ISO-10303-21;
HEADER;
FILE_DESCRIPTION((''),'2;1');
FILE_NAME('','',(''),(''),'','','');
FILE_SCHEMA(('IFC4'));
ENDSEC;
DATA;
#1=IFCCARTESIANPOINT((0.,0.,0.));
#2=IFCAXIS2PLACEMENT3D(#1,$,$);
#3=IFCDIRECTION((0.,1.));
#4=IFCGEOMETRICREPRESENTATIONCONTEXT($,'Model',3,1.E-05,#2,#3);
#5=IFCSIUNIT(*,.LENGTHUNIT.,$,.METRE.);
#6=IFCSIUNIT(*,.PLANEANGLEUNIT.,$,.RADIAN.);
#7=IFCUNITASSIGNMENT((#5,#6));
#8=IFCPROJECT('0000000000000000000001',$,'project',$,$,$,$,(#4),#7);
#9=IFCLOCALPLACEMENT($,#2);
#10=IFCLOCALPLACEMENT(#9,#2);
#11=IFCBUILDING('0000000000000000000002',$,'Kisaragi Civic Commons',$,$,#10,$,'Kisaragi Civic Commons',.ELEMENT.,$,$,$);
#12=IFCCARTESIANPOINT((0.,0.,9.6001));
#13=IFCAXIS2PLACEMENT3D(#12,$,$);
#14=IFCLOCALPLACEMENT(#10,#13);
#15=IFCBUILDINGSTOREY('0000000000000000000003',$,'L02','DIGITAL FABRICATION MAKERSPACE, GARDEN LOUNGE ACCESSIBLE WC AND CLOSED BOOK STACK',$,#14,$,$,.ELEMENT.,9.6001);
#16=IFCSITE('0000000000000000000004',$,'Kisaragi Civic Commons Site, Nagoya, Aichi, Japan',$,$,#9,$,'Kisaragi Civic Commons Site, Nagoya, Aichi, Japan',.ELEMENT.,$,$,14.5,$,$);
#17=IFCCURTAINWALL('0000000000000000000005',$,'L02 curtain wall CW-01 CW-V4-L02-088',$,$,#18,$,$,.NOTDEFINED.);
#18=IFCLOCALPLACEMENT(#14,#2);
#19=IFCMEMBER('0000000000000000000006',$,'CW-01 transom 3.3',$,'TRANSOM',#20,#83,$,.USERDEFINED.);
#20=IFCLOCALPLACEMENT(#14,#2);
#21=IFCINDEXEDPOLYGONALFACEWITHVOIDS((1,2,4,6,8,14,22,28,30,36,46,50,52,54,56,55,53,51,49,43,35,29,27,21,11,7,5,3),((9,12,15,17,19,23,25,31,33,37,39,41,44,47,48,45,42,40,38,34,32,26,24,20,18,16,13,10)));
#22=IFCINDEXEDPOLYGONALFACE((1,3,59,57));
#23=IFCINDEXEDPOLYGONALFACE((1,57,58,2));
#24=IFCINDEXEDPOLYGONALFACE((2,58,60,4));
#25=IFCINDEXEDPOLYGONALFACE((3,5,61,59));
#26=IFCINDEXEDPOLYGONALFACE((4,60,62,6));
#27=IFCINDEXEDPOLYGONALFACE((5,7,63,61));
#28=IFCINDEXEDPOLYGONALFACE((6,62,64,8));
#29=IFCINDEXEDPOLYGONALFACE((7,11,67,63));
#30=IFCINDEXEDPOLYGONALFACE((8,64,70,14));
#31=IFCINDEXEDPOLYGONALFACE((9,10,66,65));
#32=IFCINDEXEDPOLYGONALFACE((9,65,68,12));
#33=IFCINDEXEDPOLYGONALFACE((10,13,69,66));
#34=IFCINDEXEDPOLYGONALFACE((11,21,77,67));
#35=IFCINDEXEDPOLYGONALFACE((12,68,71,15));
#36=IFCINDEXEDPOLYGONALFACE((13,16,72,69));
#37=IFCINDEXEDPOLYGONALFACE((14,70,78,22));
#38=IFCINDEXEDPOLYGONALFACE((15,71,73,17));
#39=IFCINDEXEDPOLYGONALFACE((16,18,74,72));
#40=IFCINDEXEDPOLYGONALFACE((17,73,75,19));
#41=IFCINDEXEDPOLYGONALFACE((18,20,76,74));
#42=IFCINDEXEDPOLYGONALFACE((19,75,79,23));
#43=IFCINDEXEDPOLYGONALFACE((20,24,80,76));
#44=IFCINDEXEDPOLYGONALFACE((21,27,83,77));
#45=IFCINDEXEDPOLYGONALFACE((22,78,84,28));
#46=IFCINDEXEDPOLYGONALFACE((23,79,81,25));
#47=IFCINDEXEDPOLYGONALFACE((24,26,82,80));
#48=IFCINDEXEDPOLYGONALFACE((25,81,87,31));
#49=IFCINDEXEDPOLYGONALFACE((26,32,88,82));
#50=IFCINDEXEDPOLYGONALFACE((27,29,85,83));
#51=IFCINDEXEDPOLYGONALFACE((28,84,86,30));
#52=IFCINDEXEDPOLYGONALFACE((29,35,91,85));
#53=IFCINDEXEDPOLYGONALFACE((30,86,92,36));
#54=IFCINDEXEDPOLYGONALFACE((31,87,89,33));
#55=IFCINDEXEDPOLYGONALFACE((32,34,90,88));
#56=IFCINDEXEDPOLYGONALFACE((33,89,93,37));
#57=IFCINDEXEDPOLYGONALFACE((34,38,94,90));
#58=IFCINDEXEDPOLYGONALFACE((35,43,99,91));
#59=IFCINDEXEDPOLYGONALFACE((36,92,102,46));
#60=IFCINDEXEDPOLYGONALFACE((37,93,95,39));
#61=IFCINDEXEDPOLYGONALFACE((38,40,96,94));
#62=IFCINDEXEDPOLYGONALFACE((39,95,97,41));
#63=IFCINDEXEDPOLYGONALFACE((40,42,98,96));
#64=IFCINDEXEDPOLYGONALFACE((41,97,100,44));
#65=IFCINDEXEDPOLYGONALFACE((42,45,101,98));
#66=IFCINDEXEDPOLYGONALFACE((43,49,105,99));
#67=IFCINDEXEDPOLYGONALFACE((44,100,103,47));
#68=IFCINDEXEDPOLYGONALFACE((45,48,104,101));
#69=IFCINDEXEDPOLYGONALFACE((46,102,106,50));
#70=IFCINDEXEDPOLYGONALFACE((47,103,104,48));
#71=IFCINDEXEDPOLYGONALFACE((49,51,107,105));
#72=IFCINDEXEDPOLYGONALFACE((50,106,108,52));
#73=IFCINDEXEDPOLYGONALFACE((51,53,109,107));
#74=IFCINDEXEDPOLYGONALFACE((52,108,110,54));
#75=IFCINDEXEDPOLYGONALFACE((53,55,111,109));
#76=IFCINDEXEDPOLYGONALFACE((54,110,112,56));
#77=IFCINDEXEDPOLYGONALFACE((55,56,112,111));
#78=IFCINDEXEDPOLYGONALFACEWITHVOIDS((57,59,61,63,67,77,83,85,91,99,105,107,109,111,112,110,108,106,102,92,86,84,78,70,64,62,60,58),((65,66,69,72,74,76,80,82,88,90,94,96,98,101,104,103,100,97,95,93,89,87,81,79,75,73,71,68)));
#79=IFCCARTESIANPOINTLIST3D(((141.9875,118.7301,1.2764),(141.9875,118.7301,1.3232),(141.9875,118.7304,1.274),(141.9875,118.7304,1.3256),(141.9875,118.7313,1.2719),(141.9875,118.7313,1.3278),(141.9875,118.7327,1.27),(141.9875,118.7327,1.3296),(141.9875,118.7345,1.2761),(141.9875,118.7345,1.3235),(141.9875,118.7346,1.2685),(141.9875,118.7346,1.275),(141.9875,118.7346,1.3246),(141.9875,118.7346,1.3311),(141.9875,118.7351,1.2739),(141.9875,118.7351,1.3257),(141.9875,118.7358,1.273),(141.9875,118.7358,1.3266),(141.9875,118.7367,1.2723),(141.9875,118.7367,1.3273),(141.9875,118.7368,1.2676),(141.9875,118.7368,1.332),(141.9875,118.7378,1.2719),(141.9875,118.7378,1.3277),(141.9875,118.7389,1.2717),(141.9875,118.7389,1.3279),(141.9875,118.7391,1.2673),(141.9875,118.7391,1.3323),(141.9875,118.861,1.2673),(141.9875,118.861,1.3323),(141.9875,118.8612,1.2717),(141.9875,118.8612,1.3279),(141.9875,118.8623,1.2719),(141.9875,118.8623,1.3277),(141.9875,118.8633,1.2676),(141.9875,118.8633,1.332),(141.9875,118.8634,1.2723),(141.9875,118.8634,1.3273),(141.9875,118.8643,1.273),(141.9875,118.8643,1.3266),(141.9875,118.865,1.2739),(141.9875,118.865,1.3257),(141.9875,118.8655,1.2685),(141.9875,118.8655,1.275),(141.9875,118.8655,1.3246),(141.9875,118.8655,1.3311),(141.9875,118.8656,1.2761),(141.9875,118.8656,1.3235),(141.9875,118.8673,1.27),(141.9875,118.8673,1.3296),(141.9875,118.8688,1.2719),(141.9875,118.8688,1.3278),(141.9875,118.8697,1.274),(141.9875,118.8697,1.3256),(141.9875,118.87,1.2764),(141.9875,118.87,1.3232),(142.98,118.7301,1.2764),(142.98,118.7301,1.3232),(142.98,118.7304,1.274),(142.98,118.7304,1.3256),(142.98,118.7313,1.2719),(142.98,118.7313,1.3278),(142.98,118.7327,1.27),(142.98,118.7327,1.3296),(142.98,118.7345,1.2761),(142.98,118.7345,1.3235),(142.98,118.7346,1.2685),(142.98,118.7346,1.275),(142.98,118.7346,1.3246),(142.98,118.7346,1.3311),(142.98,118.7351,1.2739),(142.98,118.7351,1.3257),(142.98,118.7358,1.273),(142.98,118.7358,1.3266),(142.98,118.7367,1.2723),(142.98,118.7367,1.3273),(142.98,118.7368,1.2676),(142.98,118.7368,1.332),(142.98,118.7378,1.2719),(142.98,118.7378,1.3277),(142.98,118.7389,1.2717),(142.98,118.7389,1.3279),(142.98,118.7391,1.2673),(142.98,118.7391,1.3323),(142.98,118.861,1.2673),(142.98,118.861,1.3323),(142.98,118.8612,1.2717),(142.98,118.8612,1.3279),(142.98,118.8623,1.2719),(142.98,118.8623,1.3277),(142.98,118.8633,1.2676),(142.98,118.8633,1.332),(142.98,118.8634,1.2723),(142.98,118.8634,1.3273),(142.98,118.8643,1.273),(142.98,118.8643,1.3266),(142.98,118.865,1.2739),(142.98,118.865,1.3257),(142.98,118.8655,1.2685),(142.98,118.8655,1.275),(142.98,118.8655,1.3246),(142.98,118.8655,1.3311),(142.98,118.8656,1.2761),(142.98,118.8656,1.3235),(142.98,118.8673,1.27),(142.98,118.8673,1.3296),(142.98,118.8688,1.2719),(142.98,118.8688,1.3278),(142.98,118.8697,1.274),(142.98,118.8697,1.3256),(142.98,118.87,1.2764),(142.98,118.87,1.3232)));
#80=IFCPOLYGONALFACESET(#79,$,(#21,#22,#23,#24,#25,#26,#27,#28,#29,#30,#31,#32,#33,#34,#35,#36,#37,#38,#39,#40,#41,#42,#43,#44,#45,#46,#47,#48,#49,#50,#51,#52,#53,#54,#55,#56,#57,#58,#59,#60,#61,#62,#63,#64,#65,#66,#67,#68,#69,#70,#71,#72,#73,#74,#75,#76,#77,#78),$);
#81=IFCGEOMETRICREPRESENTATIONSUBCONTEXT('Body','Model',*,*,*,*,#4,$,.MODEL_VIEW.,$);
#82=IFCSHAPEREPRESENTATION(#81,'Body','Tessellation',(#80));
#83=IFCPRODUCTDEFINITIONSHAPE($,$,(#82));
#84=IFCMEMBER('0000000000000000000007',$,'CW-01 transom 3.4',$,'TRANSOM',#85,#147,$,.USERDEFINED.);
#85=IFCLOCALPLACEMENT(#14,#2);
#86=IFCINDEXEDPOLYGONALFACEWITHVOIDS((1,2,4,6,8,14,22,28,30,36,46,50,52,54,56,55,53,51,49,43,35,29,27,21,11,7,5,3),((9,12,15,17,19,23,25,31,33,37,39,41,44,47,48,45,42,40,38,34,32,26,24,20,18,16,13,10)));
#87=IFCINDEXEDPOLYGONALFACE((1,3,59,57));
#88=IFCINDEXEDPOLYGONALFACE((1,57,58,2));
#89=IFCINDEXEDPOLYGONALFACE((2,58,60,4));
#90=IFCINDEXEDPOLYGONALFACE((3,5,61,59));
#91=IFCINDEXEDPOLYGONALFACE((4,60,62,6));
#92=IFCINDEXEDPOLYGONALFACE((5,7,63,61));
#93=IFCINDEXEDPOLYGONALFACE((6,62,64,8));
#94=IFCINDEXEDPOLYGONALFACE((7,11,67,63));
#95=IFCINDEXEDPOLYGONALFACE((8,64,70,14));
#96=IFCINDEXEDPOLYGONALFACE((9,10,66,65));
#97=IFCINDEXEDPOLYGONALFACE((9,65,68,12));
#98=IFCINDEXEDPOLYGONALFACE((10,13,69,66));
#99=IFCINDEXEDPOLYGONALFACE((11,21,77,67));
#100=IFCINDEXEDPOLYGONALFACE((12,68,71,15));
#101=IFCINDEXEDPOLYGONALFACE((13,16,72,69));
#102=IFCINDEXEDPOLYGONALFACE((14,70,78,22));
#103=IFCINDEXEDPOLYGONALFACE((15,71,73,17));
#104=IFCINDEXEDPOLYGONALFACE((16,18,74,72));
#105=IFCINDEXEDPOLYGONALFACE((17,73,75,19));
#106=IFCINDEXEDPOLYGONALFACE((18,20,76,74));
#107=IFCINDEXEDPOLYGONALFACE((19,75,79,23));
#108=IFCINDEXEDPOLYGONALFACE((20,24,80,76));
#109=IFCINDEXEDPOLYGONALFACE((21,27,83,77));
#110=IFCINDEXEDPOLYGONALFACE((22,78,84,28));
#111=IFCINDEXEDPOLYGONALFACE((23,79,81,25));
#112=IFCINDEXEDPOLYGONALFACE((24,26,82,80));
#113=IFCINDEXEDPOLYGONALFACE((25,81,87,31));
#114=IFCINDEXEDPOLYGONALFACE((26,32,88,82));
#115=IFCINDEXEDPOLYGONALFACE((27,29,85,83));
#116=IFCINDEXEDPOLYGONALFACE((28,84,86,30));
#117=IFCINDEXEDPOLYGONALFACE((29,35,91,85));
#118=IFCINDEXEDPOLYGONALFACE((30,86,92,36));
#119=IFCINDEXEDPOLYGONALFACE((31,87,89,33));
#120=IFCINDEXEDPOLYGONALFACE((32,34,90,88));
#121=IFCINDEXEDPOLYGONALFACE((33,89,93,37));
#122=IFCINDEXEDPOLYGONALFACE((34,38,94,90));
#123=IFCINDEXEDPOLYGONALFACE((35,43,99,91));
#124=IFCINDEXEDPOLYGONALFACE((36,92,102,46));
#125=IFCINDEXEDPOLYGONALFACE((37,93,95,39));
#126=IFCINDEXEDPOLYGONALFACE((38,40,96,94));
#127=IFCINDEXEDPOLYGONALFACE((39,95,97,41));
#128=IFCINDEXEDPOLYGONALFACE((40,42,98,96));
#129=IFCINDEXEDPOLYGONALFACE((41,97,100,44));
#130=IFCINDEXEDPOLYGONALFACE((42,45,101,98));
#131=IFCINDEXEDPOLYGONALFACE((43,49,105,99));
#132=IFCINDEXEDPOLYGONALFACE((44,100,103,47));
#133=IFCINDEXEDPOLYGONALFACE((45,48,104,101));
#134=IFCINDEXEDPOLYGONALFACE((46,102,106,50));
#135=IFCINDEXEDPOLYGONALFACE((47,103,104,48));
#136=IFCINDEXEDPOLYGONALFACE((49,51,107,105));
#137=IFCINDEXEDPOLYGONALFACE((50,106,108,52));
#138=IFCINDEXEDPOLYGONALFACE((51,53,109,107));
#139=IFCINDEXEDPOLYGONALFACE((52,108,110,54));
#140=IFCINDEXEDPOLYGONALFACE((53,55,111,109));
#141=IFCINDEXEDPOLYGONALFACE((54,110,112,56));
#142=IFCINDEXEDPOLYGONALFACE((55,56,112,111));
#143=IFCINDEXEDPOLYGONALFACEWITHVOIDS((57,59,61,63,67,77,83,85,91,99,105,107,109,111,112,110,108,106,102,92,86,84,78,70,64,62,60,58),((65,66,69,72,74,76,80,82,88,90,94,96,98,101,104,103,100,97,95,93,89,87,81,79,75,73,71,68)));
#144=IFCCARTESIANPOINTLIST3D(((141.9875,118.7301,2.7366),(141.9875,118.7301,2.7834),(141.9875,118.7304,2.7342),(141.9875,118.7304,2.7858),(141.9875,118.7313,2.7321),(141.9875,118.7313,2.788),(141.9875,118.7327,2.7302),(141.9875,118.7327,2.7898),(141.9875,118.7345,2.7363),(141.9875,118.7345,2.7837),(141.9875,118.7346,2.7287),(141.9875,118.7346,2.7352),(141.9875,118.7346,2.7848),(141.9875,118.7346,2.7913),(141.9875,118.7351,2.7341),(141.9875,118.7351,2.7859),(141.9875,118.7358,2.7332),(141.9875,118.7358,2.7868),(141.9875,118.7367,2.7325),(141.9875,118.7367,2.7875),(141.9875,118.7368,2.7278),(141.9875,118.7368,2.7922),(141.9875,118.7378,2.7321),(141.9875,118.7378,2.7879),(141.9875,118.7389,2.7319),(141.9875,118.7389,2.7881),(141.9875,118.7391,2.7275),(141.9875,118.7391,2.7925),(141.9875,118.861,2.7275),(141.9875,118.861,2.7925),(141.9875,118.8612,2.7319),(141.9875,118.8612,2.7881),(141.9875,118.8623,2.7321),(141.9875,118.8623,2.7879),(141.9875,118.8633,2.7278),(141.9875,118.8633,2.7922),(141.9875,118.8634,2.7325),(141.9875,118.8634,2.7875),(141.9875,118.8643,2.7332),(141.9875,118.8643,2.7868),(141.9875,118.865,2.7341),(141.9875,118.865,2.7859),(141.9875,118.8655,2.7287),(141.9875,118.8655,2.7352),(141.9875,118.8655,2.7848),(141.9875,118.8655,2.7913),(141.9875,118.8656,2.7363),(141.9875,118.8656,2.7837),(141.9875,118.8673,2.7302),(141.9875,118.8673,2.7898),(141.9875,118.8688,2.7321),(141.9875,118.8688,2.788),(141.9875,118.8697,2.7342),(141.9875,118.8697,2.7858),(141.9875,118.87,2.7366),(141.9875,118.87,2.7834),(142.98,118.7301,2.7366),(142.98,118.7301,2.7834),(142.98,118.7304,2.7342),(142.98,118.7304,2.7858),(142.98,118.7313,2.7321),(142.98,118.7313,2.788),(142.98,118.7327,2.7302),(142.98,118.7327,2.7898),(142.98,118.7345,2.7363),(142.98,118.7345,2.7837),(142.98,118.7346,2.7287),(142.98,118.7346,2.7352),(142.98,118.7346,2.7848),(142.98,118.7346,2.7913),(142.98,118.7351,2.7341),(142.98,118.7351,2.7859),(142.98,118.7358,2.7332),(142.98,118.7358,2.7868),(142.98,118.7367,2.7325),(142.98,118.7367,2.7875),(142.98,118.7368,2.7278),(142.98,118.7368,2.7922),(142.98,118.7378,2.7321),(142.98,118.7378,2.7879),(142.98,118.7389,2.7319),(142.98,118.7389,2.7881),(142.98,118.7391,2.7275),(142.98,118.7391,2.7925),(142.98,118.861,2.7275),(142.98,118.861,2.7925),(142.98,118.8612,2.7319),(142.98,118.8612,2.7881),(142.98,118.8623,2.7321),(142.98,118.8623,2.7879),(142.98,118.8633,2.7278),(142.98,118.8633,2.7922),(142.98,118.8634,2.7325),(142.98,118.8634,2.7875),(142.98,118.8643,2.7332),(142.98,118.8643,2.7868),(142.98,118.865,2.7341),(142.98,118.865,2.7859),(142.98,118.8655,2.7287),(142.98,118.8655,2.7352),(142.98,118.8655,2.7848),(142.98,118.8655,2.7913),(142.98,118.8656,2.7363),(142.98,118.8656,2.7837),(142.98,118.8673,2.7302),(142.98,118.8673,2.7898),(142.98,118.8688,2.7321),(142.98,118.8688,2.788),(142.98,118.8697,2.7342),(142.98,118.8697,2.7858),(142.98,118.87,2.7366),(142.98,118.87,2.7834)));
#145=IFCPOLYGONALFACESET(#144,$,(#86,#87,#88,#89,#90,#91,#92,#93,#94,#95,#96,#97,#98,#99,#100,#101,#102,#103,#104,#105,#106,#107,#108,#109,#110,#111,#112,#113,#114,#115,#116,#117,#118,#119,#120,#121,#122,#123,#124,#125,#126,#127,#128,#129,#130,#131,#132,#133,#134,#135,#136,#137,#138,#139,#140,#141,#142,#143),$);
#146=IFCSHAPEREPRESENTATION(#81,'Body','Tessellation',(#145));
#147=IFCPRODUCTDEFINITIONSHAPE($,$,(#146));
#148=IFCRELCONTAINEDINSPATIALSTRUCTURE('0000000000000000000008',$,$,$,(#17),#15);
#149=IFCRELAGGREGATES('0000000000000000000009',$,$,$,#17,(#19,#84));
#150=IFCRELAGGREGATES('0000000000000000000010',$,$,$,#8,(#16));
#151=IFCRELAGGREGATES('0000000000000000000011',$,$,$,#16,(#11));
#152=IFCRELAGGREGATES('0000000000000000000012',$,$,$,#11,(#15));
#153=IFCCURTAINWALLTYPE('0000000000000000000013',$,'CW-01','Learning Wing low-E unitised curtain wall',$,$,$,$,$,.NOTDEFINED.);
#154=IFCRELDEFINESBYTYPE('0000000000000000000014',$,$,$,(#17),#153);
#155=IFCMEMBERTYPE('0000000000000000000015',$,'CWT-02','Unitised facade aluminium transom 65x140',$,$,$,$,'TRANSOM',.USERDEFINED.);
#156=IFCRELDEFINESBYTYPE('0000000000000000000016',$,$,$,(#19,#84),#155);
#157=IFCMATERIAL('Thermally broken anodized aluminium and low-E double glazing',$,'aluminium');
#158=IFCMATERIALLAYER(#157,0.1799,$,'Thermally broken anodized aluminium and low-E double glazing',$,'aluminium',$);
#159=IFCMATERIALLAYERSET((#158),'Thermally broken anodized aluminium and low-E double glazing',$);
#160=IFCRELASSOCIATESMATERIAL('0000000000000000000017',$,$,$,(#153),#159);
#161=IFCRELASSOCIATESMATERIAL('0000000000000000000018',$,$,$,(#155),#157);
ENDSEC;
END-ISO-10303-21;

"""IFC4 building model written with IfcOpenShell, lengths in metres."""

from ifc_helpers import new_model, si_unit, direction, frame, origin, origin_2d, place, context, subcontext, project, spatial, hollow_rectangle, extrude, material, layer, layer_set, material_profile, profile_set, type_object, element, aggregate, save


model = new_model("IFC4")

# Units and contexts
model_context = context("Model", 3, precision=1e-05, world=origin(), true_north=direction((0.0, 1.0)))
body_context = subcontext(model_context, "Body", "Model", "MODEL_VIEW")
ifc_project = project(units=[si_unit("LENGTHUNIT", "METRE"), si_unit("PLANEANGLEUNIT", "RADIAN")], contexts=[model_context])

# Site, building, storey
site_placement = place(None, origin())
site = spatial("IfcSite", under=ifc_project, at=site_placement, Name="Kisaragi Civic Commons Site, Nagoya, Aichi, Japan", LongName="Kisaragi Civic Commons Site, Nagoya, Aichi, Japan", CompositionType="ELEMENT", RefElevation=14.5)
building_placement = place(site_placement, origin())
building = spatial("IfcBuilding", under=site, at=building_placement, Name="Kisaragi Civic Commons", LongName="Kisaragi Civic Commons", CompositionType="ELEMENT")
storey_placement = place(building_placement, frame((0.0, 0.0, 9.6001)))
storey = spatial("IfcBuildingStorey", under=building, at=storey_placement, Name="L02", Description="DIGITAL FABRICATION MAKERSPACE, GARDEN LOUNGE ACCESSIBLE WC AND CLOSED BOOK STACK", CompositionType="ELEMENT", Elevation=9.6001)

# Curtain wall, members
ifc_material_1 = material(Name="Thermally broken anodized aluminium and low-E double glazing", Category="aluminium")
ifc_layer_1 = layer(ifc_material_1, 0.1799, Name="Thermally broken anodized aluminium and low-E double glazing", Category="aluminium")
ifc_layer_set_1 = layer_set([ifc_layer_1], Name="Thermally broken anodized aluminium and low-E double glazing")
curtain_wall_type = type_object("IfcCurtainWallType", Name="CW-01", Description="Learning Wing low-E unitised curtain wall", PredefinedType="NOTDEFINED", material=ifc_layer_set_1)
curtain_wall_placement = place(storey_placement, origin())
curtain_wall = element("IfcCurtainWall", 1, at=curtain_wall_placement, inside=storey, type_object=curtain_wall_type, Name="L02 curtain wall CW-01 CW-V4-L02-088", PredefinedType="NOTDEFINED")
ifc_material_profile_1 = material_profile(ifc_material_1, hollow_rectangle(XDim=0.1399, YDim=0.0649, WallThickness=0.0044, InnerFilletRadius=0.0044, OuterFilletRadius=0.009, at=origin_2d()), Name="CWT-65x140x4.5", Category="aluminium")
ifc_profile_set_1 = profile_set([ifc_material_profile_1], Name="Thermally broken anodized aluminium and low-E double glazing")
member_type_1 = type_object("IfcMemberType", Name="CWT-02", Description="Unitised facade aluminium transom 65x140", ElementType="TRANSOM", PredefinedType="USERDEFINED", material=ifc_profile_set_1)
member_1_placement = place(storey_placement, frame((141.9875, 118.8, 1.2998), z_axis=(1.0, 0.0, 0.0), x_axis=(0.0, 1.0, 0.0)))
member_1 = element("IfcMember", 2, at=member_1_placement, type_object=member_type_1, Name="CW-01 transom 3.3", ObjectType="TRANSOM", PredefinedType="USERDEFINED", context=body_context, shape_type="SweptSolid", body=[
    extrude(hollow_rectangle(XDim=0.1399, YDim=0.0649, WallThickness=0.0044, InnerFilletRadius=0.0044, OuterFilletRadius=0.009, at=origin_2d()), origin(), (0.0, 0.0, 1.0), 0.9924),
])
member_2_placement = place(storey_placement, frame((141.9875, 118.8, 2.76), z_axis=(1.0, 0.0, 0.0), x_axis=(0.0, 1.0, 0.0)))
member_2 = element("IfcMember", 3, at=member_2_placement, type_object=member_type_1, Name="CW-01 transom 3.4", ObjectType="TRANSOM", PredefinedType="USERDEFINED", context=body_context, shape_type="SweptSolid", body=[
    extrude(hollow_rectangle(XDim=0.1399, YDim=0.0649, WallThickness=0.0044, InnerFilletRadius=0.0044, OuterFilletRadius=0.009, at=origin_2d()), origin(), (0.0, 0.0, 1.0), 0.9924),
])
aggregate(curtain_wall, [member_1, member_2])

save(model, "model.ifc")
